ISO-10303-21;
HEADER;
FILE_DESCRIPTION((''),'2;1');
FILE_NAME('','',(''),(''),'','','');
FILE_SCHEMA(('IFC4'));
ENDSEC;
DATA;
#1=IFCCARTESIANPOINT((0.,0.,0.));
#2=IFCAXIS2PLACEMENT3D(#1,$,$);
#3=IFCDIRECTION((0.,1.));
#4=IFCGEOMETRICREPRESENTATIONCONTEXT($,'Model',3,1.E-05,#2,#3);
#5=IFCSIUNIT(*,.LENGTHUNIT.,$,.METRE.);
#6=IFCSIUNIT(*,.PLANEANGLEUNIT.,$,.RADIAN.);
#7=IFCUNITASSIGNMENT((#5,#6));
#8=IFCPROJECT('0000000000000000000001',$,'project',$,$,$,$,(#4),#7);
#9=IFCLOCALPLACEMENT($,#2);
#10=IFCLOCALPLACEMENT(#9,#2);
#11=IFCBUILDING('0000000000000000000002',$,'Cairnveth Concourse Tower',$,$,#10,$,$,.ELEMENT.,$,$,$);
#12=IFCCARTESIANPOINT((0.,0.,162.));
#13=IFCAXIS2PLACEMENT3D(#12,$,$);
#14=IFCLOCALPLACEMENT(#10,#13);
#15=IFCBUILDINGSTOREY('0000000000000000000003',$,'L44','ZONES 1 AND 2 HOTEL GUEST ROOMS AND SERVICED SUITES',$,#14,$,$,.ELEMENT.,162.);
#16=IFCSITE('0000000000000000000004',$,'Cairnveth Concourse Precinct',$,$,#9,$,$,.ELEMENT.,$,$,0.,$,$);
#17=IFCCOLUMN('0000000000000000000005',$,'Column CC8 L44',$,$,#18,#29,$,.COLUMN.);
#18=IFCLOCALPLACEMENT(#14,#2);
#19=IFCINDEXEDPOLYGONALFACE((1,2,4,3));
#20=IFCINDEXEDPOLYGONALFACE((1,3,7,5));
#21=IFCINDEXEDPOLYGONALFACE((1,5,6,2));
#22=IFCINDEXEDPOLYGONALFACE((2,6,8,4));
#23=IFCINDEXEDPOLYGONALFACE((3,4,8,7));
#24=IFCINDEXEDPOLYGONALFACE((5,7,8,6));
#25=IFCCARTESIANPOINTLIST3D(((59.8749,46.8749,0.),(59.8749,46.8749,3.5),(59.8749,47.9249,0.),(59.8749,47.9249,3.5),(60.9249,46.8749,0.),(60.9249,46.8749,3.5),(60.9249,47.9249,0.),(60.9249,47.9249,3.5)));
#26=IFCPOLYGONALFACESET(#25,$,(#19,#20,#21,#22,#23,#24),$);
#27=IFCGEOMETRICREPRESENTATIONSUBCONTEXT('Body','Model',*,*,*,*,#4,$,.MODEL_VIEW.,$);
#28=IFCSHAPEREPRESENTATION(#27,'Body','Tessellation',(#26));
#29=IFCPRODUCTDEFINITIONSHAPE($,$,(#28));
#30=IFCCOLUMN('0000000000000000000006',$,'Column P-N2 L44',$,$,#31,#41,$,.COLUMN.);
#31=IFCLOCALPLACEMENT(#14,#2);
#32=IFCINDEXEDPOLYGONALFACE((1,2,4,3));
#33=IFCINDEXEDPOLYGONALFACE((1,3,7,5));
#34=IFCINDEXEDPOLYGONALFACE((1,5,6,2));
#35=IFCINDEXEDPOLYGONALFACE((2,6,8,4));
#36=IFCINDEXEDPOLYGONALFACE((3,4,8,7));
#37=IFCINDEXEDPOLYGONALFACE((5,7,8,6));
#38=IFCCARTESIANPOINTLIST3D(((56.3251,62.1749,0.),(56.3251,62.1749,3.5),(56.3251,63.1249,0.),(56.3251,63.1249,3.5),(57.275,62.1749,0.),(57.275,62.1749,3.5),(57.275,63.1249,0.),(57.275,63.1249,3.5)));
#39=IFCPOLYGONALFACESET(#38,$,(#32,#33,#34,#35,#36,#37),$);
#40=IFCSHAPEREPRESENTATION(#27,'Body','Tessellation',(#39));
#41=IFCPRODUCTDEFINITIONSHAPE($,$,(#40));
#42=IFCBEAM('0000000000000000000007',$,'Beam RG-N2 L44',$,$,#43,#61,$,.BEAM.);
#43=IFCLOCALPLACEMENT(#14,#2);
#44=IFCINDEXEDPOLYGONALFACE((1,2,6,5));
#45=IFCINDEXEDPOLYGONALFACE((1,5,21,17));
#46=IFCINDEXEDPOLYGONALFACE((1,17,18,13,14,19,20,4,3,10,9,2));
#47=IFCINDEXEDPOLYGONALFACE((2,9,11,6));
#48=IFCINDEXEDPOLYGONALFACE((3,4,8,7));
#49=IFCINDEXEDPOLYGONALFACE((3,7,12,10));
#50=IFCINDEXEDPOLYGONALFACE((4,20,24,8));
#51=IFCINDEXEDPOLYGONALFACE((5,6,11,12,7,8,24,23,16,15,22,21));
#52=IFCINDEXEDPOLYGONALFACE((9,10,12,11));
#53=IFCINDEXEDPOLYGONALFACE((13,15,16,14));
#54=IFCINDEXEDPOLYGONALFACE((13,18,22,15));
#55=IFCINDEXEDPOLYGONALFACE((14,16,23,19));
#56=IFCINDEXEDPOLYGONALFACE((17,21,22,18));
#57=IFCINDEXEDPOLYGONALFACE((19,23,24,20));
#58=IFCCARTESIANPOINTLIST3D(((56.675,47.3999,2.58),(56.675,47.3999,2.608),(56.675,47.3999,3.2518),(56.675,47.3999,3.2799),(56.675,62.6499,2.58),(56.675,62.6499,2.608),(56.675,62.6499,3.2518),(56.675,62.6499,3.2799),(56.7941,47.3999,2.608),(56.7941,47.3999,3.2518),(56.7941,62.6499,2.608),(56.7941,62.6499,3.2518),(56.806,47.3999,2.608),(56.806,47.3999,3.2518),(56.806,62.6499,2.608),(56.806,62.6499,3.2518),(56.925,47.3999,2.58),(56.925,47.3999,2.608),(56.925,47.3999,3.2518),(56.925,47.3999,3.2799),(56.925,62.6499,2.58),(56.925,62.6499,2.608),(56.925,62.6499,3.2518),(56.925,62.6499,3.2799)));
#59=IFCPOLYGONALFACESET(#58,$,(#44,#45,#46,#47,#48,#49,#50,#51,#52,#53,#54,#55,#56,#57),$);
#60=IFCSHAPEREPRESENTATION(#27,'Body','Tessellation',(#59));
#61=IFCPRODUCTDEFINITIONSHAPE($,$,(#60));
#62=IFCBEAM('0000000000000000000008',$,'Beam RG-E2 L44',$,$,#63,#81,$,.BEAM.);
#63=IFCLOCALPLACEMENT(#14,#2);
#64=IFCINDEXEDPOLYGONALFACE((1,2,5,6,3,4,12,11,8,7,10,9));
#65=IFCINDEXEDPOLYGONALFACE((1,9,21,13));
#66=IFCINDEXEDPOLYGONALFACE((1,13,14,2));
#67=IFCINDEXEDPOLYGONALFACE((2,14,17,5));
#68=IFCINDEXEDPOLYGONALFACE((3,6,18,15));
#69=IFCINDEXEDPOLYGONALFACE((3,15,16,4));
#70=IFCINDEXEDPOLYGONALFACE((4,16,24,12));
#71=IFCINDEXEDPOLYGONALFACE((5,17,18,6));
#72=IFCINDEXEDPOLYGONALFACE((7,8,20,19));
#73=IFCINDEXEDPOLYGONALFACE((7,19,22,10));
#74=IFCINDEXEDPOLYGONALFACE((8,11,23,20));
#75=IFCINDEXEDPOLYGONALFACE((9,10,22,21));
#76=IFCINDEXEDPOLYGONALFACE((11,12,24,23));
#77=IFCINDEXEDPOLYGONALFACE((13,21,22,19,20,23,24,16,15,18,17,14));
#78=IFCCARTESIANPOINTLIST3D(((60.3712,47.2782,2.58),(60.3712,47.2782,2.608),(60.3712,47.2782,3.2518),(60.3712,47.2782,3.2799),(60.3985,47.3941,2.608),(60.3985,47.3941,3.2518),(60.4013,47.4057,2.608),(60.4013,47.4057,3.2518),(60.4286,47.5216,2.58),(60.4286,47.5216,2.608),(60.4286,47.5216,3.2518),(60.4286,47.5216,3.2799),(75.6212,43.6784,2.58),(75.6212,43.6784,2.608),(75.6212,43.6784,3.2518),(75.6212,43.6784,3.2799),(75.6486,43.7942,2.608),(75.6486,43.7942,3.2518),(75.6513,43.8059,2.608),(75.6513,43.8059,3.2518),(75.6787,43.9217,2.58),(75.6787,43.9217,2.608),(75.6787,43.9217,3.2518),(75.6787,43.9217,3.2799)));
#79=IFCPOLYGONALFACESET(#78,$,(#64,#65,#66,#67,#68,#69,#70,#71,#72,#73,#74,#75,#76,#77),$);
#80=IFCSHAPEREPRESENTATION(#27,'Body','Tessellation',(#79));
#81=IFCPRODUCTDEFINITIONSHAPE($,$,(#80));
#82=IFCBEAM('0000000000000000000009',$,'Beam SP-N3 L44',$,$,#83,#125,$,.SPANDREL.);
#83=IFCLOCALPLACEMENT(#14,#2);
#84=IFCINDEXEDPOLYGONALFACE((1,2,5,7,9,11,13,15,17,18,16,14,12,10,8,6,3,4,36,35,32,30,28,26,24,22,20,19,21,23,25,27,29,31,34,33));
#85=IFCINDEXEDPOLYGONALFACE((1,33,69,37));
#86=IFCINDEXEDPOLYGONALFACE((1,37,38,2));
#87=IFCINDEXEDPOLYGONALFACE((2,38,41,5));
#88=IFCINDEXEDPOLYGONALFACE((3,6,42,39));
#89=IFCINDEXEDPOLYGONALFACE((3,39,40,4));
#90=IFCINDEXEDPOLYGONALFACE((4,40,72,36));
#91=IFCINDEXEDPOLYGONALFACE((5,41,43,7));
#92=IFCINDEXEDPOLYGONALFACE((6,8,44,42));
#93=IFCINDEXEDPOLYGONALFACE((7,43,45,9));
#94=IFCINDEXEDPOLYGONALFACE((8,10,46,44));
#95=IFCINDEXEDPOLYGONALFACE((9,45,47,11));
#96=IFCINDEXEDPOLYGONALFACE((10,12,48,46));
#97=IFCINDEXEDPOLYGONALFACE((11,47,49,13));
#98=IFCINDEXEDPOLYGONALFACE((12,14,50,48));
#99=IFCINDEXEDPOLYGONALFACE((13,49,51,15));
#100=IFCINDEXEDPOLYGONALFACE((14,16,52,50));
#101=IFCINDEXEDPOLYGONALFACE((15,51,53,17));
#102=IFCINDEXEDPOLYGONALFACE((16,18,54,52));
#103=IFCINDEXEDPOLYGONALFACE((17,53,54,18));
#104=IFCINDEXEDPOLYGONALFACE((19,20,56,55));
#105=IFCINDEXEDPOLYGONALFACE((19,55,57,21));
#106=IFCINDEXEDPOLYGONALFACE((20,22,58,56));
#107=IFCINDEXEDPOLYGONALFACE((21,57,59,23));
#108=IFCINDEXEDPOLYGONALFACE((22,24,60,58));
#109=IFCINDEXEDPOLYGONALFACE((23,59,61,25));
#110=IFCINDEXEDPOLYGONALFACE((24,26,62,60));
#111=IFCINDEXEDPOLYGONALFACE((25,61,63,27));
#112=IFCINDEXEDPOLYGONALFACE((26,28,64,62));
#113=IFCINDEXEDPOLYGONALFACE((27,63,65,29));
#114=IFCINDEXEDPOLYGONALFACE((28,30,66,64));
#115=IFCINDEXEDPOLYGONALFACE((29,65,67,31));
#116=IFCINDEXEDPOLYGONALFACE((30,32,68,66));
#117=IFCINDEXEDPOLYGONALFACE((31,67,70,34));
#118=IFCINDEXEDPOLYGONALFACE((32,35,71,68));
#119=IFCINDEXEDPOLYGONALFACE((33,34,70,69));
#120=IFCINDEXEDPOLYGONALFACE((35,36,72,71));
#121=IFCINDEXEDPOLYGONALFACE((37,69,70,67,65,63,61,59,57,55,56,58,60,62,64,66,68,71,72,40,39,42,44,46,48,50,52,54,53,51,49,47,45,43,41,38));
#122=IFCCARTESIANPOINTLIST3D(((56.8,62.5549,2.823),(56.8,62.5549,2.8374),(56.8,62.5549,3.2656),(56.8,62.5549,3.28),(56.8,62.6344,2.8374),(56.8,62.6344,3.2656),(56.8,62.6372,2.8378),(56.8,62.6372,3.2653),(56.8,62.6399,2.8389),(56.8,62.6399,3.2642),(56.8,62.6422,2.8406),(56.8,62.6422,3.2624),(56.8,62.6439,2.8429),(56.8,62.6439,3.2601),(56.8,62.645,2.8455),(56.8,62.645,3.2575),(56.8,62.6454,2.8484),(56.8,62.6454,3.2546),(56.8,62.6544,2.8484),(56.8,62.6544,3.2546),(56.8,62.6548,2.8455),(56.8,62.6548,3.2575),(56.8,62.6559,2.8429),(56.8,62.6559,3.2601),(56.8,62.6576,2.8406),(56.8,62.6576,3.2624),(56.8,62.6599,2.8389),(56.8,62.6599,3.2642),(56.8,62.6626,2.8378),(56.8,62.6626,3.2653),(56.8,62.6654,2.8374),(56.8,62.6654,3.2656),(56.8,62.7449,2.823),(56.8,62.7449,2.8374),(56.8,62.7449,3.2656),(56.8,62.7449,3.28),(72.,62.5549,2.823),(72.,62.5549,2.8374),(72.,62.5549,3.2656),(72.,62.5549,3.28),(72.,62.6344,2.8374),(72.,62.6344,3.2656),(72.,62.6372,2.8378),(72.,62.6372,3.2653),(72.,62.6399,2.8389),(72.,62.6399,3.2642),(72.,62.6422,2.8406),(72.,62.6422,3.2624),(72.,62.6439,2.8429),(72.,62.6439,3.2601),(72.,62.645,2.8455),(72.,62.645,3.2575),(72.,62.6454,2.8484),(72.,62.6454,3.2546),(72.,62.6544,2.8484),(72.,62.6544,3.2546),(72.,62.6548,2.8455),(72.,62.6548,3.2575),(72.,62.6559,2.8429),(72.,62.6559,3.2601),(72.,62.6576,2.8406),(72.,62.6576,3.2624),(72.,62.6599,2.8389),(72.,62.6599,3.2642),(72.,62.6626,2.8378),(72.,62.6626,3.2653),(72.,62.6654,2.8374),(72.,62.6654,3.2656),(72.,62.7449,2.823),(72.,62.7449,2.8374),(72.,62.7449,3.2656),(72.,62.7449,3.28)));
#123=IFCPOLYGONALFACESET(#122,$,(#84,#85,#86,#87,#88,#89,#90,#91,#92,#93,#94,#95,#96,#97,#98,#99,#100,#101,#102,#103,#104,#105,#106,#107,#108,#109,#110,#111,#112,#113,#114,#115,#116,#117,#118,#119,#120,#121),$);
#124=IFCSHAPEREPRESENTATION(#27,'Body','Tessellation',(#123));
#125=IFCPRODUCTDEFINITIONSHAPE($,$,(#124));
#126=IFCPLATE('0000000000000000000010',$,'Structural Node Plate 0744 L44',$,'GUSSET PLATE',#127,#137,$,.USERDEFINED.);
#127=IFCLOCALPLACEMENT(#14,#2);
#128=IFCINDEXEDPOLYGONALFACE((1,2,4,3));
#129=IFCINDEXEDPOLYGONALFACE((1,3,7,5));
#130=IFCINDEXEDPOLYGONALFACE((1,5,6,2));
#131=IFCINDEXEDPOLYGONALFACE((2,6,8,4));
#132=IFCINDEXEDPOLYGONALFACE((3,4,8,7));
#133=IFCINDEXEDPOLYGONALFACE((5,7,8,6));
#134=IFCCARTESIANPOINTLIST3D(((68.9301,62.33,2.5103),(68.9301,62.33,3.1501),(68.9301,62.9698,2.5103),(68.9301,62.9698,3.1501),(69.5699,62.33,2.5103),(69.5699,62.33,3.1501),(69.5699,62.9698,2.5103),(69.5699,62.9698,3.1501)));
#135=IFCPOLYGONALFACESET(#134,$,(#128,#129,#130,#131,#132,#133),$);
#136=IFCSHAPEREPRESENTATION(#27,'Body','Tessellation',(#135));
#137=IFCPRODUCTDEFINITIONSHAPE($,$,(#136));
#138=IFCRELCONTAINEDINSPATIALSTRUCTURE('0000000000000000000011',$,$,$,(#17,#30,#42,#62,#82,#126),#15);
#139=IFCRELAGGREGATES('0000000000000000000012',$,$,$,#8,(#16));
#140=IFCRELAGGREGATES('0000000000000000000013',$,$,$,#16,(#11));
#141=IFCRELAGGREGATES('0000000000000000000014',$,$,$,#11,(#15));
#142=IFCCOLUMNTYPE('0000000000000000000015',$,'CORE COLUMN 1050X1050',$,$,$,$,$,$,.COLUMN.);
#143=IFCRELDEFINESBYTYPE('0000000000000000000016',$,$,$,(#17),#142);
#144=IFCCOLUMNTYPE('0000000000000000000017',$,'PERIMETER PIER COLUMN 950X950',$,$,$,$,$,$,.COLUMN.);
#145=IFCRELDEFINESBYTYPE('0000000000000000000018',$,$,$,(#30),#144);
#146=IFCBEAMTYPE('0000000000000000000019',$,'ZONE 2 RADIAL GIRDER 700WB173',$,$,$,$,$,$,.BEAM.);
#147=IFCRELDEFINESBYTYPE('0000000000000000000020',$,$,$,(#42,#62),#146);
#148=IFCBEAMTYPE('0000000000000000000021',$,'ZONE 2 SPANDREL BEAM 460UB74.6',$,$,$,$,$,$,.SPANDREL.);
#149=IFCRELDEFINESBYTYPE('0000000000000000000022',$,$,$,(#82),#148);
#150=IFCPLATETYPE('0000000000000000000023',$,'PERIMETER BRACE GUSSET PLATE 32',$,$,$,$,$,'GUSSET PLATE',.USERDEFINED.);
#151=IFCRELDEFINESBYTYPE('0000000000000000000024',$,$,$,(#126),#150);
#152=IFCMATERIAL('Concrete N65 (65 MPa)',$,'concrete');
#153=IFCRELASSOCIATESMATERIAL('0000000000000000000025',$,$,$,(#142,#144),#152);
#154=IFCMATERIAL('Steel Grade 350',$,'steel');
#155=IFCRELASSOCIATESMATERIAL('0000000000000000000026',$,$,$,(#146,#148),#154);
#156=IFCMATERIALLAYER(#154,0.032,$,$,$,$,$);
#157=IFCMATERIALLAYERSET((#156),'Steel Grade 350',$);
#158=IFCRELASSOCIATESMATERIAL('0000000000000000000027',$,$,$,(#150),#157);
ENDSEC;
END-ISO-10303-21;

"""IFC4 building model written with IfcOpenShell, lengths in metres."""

from ifc_helpers import new_model, si_unit, direction, frame, origin, origin_2d, place, context, subcontext, project, spatial, rectangle, i_section, extrude, material, layer, layer_set, material_profile, profile_set, type_object, element, save


model = new_model("IFC4")

# Units and contexts
model_context = context("Model", 3, precision=1e-05, world=origin(), true_north=direction((0.0, 1.0)))
body_context = subcontext(model_context, "Body", "Model", "MODEL_VIEW")
ifc_project = project(units=[si_unit("LENGTHUNIT", "METRE"), si_unit("PLANEANGLEUNIT", "RADIAN")], contexts=[model_context])

# Site, building, storey
site_placement = place(None, origin())
site = spatial("IfcSite", under=ifc_project, at=site_placement, Name="Cairnveth Concourse Precinct", CompositionType="ELEMENT", RefElevation=0.0)
building_placement = place(site_placement, origin())
building = spatial("IfcBuilding", under=site, at=building_placement, Name="Cairnveth Concourse Tower", CompositionType="ELEMENT")
storey_placement = place(building_placement, frame((0.0, 0.0, 162.0)))
storey = spatial("IfcBuildingStorey", under=building, at=storey_placement, Name="L44", Description="ZONES 1 AND 2 HOTEL GUEST ROOMS AND SERVICED SUITES", CompositionType="ELEMENT", Elevation=162.0)

# Columns
ifc_material_1 = material(Name="Concrete N65 (65 MPa)", Category="concrete")
ifc_material_profile_1 = material_profile(ifc_material_1, rectangle(XDim=1.05, YDim=1.05, at=origin_2d()), Name="RC-COL-1050x1050")
ifc_profile_set_1 = profile_set([ifc_material_profile_1], Name="Concrete N65 (65 MPa)")
column_type_1 = type_object("IfcColumnType", Name="CORE COLUMN 1050X1050", PredefinedType="COLUMN", material=ifc_profile_set_1)
column_1_placement = place(storey_placement, frame((60.3999, 47.3999, 0.0), z_axis=(0.0, 0.0, 1.0), x_axis=(1.0, 0.0, 0.0)))
element("IfcColumn", 1, at=column_1_placement, inside=storey, type_object=column_type_1, Name="Column CC8 L44", PredefinedType="COLUMN", context=body_context, shape_type="SweptSolid", body=[
    extrude(rectangle(XDim=1.05, YDim=1.05, at=origin_2d()), origin(), (0.0, 0.0, 1.0), 3.5),
])
ifc_material_profile_2 = material_profile(ifc_material_1, rectangle(XDim=0.95, YDim=0.95, at=origin_2d()), Name="RC-COL-950x950")
ifc_profile_set_2 = profile_set([ifc_material_profile_2], Name="Concrete N65 (65 MPa)")
column_type_2 = type_object("IfcColumnType", Name="PERIMETER PIER COLUMN 950X950", PredefinedType="COLUMN", material=ifc_profile_set_2)
column_2_placement = place(storey_placement, frame((56.8, 62.6499, 0.0), z_axis=(0.0, 0.0, 1.0), x_axis=(1.0, 0.0, 0.0)))
element("IfcColumn", 2, at=column_2_placement, inside=storey, type_object=column_type_2, Name="Column P-N2 L44", PredefinedType="COLUMN", context=body_context, shape_type="SweptSolid", body=[
    extrude(rectangle(XDim=0.95, YDim=0.95, at=origin_2d()), origin(), (0.0, 0.0, 1.0), 3.5),
])

# Beams
ifc_material_2 = material(Name="Steel Grade 350", Category="steel")
ifc_material_profile_3 = material_profile(ifc_material_2, i_section(OverallWidth=0.25, OverallDepth=0.7, WebThickness=0.012, FlangeThickness=0.0281, at=origin_2d()), Name="700WB173")
ifc_profile_set_3 = profile_set([ifc_material_profile_3], Name="Steel Grade 350")
beam_type_1 = type_object("IfcBeamType", Name="ZONE 2 RADIAL GIRDER 700WB173", PredefinedType="BEAM", material=ifc_profile_set_3)
beam_1_placement = place(storey_placement, frame((56.8, 47.3999, 2.9299), z_axis=(0.0, 1.0, 0.0), x_axis=(-1.0, 0.0, 0.0)))
element("IfcBeam", 3, at=beam_1_placement, inside=storey, type_object=beam_type_1, Name="Beam RG-N2 L44", PredefinedType="BEAM", context=body_context, shape_type="SweptSolid", body=[
    extrude(i_section(OverallWidth=0.25, OverallDepth=0.7, WebThickness=0.012, FlangeThickness=0.0281, at=origin_2d()), origin(), (0.0, 0.0, 1.0), 15.25),
])
beam_2_placement = place(storey_placement, frame((60.3999, 47.3999, 2.9299), z_axis=(0.973252, -0.229742, 0.0), x_axis=(0.229742, 0.973252, 0.0)))
element("IfcBeam", 4, at=beam_2_placement, inside=storey, type_object=beam_type_1, Name="Beam RG-E2 L44", PredefinedType="BEAM", context=body_context, shape_type="SweptSolid", body=[
    extrude(i_section(OverallWidth=0.25, OverallDepth=0.7, WebThickness=0.012, FlangeThickness=0.0281, at=origin_2d()), origin(), (0.0, 0.0, 1.0), 15.6692),
])
ifc_material_profile_4 = material_profile(ifc_material_2, i_section(OverallWidth=0.1899, OverallDepth=0.457, WebThickness=0.009, FlangeThickness=0.0144, FilletRadius=0.011, at=origin_2d()), Name="460UB74.6")
ifc_profile_set_4 = profile_set([ifc_material_profile_4], Name="Steel Grade 350")
beam_type_2 = type_object("IfcBeamType", Name="ZONE 2 SPANDREL BEAM 460UB74.6", PredefinedType="SPANDREL", material=ifc_profile_set_4)
beam_3_placement = place(storey_placement, frame((56.8, 62.6499, 3.0515), z_axis=(1.0, 0.0, 0.0), x_axis=(0.0, 1.0, 0.0)))
element("IfcBeam", 5, at=beam_3_placement, inside=storey, type_object=beam_type_2, Name="Beam SP-N3 L44", PredefinedType="SPANDREL", context=body_context, shape_type="SweptSolid", body=[
    extrude(i_section(OverallWidth=0.1899, OverallDepth=0.457, WebThickness=0.009, FlangeThickness=0.0144, FilletRadius=0.011, at=origin_2d()), origin(), (0.0, 0.0, 1.0), 15.2),
])

# Plate
ifc_layer_1 = layer(ifc_material_2, 0.032)
ifc_layer_set_1 = layer_set([ifc_layer_1], Name="Steel Grade 350")
plate_type = type_object("IfcPlateType", Name="PERIMETER BRACE GUSSET PLATE 32", ElementType="GUSSET PLATE", PredefinedType="USERDEFINED", material=ifc_layer_set_1)
plate_placement = place(storey_placement, frame((69.25, 62.6499, 2.5103), z_axis=(0.0, 0.0, 1.0), x_axis=(1.0, 0.0, 0.0)))
element("IfcPlate", 6, at=plate_placement, inside=storey, type_object=plate_type, Name="Structural Node Plate 0744 L44", ObjectType="GUSSET PLATE", PredefinedType="USERDEFINED", context=body_context, shape_type="SweptSolid", body=[
    extrude(rectangle(XDim=0.6399, YDim=0.6399, at=origin_2d()), origin(), (0.0, 0.0, 1.0), 0.6399),
])

save(model, "model.ifc")
